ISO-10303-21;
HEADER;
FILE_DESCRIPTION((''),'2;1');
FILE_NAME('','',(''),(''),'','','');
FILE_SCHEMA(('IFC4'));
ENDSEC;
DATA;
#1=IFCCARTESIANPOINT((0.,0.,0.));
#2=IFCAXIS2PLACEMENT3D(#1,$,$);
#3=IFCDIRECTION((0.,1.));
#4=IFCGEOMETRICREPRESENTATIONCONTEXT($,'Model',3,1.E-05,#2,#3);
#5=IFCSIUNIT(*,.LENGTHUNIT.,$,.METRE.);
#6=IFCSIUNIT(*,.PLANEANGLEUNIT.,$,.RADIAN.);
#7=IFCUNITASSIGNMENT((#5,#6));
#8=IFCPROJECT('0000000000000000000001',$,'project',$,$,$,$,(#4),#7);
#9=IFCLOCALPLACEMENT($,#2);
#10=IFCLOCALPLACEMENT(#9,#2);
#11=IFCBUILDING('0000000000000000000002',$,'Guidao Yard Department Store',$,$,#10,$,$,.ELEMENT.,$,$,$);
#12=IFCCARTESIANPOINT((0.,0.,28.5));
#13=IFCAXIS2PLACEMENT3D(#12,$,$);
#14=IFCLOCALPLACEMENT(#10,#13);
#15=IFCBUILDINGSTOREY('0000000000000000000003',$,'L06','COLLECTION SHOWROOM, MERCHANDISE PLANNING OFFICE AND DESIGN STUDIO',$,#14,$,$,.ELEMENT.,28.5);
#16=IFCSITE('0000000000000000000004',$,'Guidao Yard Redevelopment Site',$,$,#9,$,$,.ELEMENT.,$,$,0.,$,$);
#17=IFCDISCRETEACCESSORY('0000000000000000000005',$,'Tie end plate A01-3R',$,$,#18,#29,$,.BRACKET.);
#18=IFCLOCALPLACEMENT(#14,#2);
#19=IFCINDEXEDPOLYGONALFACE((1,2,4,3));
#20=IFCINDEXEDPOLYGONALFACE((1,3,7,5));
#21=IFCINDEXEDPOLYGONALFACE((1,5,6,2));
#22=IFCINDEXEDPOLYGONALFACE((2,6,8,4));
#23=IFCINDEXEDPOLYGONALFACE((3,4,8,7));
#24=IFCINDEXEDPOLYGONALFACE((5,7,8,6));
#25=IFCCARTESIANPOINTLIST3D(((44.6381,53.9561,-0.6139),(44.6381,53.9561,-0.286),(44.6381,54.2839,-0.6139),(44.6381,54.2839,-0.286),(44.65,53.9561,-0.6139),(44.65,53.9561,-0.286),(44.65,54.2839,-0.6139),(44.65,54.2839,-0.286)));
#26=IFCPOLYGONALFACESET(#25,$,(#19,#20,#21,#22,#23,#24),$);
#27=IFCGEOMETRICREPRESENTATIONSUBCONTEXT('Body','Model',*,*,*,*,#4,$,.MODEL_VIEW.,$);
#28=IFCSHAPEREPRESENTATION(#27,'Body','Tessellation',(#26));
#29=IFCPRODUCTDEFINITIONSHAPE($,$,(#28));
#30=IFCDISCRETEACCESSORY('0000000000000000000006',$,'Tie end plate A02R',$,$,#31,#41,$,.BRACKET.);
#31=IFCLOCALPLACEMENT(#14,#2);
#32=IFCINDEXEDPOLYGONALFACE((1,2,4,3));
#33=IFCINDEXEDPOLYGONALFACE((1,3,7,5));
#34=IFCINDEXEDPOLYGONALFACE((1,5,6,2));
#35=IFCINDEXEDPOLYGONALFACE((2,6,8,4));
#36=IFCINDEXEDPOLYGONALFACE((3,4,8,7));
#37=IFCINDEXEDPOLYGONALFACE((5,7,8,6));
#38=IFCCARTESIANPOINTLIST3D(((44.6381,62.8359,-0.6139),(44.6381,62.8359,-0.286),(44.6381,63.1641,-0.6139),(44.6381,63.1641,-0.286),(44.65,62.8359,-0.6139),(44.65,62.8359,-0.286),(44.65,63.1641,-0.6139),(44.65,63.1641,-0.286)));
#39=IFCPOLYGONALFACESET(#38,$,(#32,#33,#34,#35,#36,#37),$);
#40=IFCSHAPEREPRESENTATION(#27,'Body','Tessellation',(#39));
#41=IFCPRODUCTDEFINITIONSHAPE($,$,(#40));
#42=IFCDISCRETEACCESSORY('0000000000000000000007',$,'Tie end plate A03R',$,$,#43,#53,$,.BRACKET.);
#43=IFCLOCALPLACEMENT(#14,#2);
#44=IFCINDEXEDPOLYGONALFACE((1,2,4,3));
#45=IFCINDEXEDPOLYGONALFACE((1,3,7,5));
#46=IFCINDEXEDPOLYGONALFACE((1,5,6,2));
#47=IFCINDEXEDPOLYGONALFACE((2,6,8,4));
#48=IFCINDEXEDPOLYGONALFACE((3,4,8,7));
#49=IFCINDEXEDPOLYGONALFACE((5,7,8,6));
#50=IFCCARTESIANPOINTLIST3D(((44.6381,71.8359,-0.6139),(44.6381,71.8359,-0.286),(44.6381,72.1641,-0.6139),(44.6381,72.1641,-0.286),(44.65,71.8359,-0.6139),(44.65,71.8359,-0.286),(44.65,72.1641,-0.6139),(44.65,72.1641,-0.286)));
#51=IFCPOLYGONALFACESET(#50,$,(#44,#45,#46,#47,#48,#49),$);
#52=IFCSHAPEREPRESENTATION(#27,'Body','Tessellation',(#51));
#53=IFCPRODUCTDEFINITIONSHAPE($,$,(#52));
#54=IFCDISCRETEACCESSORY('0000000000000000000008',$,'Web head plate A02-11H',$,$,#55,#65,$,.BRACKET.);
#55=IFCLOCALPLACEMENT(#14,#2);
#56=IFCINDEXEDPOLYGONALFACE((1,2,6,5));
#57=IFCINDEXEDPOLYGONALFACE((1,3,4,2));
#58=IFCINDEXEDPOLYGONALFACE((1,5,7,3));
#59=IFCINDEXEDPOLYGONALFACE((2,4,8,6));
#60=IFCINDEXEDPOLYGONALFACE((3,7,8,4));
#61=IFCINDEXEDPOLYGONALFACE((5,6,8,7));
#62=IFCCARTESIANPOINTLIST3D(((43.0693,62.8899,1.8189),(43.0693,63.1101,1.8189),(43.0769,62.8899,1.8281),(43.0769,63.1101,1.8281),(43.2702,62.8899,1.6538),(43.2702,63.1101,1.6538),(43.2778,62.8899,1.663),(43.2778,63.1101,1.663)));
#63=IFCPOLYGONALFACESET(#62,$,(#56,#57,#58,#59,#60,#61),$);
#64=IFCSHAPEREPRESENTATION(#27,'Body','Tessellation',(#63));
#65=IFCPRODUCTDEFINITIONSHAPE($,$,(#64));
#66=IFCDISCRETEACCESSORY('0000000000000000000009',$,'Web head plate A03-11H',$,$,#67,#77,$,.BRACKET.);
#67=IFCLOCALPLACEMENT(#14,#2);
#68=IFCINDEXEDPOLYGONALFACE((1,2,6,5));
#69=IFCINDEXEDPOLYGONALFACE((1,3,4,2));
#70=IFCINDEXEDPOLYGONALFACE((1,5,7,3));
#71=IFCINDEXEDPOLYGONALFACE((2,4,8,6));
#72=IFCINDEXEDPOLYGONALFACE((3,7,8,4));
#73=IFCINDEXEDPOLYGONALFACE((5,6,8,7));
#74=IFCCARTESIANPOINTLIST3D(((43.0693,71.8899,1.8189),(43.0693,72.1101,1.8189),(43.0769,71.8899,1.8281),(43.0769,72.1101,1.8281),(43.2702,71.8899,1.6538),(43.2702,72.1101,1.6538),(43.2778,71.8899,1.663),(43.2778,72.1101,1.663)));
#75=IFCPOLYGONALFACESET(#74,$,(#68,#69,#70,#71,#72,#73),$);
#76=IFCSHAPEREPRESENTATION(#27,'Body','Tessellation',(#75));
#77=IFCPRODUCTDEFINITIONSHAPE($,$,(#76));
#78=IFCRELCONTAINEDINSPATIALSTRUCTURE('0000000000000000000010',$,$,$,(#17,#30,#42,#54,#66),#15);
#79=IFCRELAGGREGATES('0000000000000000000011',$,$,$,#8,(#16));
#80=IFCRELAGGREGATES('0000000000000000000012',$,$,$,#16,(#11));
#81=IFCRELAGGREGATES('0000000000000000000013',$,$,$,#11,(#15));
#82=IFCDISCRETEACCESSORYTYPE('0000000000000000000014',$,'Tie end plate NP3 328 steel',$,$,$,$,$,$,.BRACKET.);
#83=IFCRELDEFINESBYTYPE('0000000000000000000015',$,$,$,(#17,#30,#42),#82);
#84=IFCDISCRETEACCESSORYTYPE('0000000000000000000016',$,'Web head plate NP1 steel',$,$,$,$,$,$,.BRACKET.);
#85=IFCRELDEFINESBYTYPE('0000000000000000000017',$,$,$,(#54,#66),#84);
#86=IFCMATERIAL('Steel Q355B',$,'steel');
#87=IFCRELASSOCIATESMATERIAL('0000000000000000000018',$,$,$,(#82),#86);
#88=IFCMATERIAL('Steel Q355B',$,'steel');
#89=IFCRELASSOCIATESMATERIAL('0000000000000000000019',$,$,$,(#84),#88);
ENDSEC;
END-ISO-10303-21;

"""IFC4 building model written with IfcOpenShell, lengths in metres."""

from ifc_helpers import new_model, si_unit, direction, frame, origin, origin_2d, place, context, subcontext, project, spatial, rectangle, extrude, material, material_profile, profile_set, type_object, element, save


model = new_model("IFC4")

# Units and contexts
model_context = context("Model", 3, precision=1e-05, world=origin(), true_north=direction((0.0, 1.0)))
body_context = subcontext(model_context, "Body", "Model", "MODEL_VIEW")
ifc_project = project(units=[si_unit("LENGTHUNIT", "METRE"), si_unit("PLANEANGLEUNIT", "RADIAN")], contexts=[model_context])

# Site, building, storey
site_placement = place(None, origin())
site = spatial("IfcSite", under=ifc_project, at=site_placement, Name="Guidao Yard Redevelopment Site", CompositionType="ELEMENT", RefElevation=0.0)
building_placement = place(site_placement, origin())
building = spatial("IfcBuilding", under=site, at=building_placement, Name="Guidao Yard Department Store", CompositionType="ELEMENT")
storey_placement = place(building_placement, frame((0.0, 0.0, 28.5)))
storey = spatial("IfcBuildingStorey", under=building, at=storey_placement, Name="L06", Description="COLLECTION SHOWROOM, MERCHANDISE PLANNING OFFICE AND DESIGN STUDIO", CompositionType="ELEMENT", Elevation=28.5)

# Discrete accessories
ifc_material_1 = material(Name="Steel Q355B", Category="steel")
ifc_material_profile_1 = material_profile(ifc_material_1, rectangle(XDim=0.3279, YDim=0.012, at=origin_2d()), Name="Node plate 328x12")
ifc_profile_set_1 = profile_set([ifc_material_profile_1], Name="Steel Q355B")
discrete_accessory_type_1 = type_object("IfcDiscreteAccessoryType", Name="Tie end plate NP3 328 steel", PredefinedType="BRACKET", material=ifc_profile_set_1)
discrete_accessory_placement = place(storey_placement, frame((44.644, 53.9561, -0.45), z_axis=(0.0, 1.0, 0.0), x_axis=(0.0, 0.0, 1.0)))
element("IfcDiscreteAccessory", 1, at=discrete_accessory_placement, inside=storey, type_object=discrete_accessory_type_1, Name="Tie end plate A01-3R", PredefinedType="BRACKET", context=body_context, shape_type="SweptSolid", body=[
    extrude(rectangle(XDim=0.3279, YDim=0.012, at=origin_2d()), origin(), (0.0, 0.0, 1.0), 0.3279),
])
for number, where, z_axis, x_axis, name in (
    (2, (44.644, 62.8359, -0.45), (0.0, 1.0, 0.0), (0.0, 0.0, 1.0), "Tie end plate A02R"),
    (3, (44.644, 71.8359, -0.45), (0.0, 1.0, 0.0), (0.0, 0.0, 1.0), "Tie end plate A03R"),
):
    element("IfcDiscreteAccessory", number, at=place(storey_placement, frame(where, z_axis=z_axis, x_axis=x_axis)), inside=storey, type_object=discrete_accessory_type_1, Name=name, PredefinedType="BRACKET", context=body_context, shape_type="SweptSolid", body=[
        extrude(rectangle(XDim=0.3279, YDim=0.012, at=origin_2d()), origin(), (0.0, 0.0, 1.0), 0.3281),
    ])
ifc_material_2 = material(Name="Steel Q355B", Category="steel")
ifc_material_profile_2 = material_profile(ifc_material_2, rectangle(XDim=0.26, YDim=0.012, at=origin_2d()), Name="Node plate 260x12")
ifc_profile_set_2 = profile_set([ifc_material_profile_2], Name="Steel Q355B")
discrete_accessory_type_2 = type_object("IfcDiscreteAccessoryType", Name="Web head plate NP1 steel", PredefinedType="BRACKET", material=ifc_profile_set_2)
for number, where, z_axis, x_axis, name in (
    (4, (43.1736, 62.8899, 1.741), (0.0, 1.0, 0.0), (-0.77257, 0.0, 0.63493), "Web head plate A02-11H"),
    (5, (43.1736, 71.8899, 1.741), (0.0, 1.0, 0.0), (-0.77257, 0.0, 0.63493), "Web head plate A03-11H"),
):
    element("IfcDiscreteAccessory", number, at=place(storey_placement, frame(where, z_axis=z_axis, x_axis=x_axis)), inside=storey, type_object=discrete_accessory_type_2, Name=name, PredefinedType="BRACKET", context=body_context, shape_type="SweptSolid", body=[
        extrude(rectangle(XDim=0.26, YDim=0.012, at=origin_2d()), origin(), (0.0, 0.0, 1.0), 0.2202),
    ])

save(model, "model.ifc")
